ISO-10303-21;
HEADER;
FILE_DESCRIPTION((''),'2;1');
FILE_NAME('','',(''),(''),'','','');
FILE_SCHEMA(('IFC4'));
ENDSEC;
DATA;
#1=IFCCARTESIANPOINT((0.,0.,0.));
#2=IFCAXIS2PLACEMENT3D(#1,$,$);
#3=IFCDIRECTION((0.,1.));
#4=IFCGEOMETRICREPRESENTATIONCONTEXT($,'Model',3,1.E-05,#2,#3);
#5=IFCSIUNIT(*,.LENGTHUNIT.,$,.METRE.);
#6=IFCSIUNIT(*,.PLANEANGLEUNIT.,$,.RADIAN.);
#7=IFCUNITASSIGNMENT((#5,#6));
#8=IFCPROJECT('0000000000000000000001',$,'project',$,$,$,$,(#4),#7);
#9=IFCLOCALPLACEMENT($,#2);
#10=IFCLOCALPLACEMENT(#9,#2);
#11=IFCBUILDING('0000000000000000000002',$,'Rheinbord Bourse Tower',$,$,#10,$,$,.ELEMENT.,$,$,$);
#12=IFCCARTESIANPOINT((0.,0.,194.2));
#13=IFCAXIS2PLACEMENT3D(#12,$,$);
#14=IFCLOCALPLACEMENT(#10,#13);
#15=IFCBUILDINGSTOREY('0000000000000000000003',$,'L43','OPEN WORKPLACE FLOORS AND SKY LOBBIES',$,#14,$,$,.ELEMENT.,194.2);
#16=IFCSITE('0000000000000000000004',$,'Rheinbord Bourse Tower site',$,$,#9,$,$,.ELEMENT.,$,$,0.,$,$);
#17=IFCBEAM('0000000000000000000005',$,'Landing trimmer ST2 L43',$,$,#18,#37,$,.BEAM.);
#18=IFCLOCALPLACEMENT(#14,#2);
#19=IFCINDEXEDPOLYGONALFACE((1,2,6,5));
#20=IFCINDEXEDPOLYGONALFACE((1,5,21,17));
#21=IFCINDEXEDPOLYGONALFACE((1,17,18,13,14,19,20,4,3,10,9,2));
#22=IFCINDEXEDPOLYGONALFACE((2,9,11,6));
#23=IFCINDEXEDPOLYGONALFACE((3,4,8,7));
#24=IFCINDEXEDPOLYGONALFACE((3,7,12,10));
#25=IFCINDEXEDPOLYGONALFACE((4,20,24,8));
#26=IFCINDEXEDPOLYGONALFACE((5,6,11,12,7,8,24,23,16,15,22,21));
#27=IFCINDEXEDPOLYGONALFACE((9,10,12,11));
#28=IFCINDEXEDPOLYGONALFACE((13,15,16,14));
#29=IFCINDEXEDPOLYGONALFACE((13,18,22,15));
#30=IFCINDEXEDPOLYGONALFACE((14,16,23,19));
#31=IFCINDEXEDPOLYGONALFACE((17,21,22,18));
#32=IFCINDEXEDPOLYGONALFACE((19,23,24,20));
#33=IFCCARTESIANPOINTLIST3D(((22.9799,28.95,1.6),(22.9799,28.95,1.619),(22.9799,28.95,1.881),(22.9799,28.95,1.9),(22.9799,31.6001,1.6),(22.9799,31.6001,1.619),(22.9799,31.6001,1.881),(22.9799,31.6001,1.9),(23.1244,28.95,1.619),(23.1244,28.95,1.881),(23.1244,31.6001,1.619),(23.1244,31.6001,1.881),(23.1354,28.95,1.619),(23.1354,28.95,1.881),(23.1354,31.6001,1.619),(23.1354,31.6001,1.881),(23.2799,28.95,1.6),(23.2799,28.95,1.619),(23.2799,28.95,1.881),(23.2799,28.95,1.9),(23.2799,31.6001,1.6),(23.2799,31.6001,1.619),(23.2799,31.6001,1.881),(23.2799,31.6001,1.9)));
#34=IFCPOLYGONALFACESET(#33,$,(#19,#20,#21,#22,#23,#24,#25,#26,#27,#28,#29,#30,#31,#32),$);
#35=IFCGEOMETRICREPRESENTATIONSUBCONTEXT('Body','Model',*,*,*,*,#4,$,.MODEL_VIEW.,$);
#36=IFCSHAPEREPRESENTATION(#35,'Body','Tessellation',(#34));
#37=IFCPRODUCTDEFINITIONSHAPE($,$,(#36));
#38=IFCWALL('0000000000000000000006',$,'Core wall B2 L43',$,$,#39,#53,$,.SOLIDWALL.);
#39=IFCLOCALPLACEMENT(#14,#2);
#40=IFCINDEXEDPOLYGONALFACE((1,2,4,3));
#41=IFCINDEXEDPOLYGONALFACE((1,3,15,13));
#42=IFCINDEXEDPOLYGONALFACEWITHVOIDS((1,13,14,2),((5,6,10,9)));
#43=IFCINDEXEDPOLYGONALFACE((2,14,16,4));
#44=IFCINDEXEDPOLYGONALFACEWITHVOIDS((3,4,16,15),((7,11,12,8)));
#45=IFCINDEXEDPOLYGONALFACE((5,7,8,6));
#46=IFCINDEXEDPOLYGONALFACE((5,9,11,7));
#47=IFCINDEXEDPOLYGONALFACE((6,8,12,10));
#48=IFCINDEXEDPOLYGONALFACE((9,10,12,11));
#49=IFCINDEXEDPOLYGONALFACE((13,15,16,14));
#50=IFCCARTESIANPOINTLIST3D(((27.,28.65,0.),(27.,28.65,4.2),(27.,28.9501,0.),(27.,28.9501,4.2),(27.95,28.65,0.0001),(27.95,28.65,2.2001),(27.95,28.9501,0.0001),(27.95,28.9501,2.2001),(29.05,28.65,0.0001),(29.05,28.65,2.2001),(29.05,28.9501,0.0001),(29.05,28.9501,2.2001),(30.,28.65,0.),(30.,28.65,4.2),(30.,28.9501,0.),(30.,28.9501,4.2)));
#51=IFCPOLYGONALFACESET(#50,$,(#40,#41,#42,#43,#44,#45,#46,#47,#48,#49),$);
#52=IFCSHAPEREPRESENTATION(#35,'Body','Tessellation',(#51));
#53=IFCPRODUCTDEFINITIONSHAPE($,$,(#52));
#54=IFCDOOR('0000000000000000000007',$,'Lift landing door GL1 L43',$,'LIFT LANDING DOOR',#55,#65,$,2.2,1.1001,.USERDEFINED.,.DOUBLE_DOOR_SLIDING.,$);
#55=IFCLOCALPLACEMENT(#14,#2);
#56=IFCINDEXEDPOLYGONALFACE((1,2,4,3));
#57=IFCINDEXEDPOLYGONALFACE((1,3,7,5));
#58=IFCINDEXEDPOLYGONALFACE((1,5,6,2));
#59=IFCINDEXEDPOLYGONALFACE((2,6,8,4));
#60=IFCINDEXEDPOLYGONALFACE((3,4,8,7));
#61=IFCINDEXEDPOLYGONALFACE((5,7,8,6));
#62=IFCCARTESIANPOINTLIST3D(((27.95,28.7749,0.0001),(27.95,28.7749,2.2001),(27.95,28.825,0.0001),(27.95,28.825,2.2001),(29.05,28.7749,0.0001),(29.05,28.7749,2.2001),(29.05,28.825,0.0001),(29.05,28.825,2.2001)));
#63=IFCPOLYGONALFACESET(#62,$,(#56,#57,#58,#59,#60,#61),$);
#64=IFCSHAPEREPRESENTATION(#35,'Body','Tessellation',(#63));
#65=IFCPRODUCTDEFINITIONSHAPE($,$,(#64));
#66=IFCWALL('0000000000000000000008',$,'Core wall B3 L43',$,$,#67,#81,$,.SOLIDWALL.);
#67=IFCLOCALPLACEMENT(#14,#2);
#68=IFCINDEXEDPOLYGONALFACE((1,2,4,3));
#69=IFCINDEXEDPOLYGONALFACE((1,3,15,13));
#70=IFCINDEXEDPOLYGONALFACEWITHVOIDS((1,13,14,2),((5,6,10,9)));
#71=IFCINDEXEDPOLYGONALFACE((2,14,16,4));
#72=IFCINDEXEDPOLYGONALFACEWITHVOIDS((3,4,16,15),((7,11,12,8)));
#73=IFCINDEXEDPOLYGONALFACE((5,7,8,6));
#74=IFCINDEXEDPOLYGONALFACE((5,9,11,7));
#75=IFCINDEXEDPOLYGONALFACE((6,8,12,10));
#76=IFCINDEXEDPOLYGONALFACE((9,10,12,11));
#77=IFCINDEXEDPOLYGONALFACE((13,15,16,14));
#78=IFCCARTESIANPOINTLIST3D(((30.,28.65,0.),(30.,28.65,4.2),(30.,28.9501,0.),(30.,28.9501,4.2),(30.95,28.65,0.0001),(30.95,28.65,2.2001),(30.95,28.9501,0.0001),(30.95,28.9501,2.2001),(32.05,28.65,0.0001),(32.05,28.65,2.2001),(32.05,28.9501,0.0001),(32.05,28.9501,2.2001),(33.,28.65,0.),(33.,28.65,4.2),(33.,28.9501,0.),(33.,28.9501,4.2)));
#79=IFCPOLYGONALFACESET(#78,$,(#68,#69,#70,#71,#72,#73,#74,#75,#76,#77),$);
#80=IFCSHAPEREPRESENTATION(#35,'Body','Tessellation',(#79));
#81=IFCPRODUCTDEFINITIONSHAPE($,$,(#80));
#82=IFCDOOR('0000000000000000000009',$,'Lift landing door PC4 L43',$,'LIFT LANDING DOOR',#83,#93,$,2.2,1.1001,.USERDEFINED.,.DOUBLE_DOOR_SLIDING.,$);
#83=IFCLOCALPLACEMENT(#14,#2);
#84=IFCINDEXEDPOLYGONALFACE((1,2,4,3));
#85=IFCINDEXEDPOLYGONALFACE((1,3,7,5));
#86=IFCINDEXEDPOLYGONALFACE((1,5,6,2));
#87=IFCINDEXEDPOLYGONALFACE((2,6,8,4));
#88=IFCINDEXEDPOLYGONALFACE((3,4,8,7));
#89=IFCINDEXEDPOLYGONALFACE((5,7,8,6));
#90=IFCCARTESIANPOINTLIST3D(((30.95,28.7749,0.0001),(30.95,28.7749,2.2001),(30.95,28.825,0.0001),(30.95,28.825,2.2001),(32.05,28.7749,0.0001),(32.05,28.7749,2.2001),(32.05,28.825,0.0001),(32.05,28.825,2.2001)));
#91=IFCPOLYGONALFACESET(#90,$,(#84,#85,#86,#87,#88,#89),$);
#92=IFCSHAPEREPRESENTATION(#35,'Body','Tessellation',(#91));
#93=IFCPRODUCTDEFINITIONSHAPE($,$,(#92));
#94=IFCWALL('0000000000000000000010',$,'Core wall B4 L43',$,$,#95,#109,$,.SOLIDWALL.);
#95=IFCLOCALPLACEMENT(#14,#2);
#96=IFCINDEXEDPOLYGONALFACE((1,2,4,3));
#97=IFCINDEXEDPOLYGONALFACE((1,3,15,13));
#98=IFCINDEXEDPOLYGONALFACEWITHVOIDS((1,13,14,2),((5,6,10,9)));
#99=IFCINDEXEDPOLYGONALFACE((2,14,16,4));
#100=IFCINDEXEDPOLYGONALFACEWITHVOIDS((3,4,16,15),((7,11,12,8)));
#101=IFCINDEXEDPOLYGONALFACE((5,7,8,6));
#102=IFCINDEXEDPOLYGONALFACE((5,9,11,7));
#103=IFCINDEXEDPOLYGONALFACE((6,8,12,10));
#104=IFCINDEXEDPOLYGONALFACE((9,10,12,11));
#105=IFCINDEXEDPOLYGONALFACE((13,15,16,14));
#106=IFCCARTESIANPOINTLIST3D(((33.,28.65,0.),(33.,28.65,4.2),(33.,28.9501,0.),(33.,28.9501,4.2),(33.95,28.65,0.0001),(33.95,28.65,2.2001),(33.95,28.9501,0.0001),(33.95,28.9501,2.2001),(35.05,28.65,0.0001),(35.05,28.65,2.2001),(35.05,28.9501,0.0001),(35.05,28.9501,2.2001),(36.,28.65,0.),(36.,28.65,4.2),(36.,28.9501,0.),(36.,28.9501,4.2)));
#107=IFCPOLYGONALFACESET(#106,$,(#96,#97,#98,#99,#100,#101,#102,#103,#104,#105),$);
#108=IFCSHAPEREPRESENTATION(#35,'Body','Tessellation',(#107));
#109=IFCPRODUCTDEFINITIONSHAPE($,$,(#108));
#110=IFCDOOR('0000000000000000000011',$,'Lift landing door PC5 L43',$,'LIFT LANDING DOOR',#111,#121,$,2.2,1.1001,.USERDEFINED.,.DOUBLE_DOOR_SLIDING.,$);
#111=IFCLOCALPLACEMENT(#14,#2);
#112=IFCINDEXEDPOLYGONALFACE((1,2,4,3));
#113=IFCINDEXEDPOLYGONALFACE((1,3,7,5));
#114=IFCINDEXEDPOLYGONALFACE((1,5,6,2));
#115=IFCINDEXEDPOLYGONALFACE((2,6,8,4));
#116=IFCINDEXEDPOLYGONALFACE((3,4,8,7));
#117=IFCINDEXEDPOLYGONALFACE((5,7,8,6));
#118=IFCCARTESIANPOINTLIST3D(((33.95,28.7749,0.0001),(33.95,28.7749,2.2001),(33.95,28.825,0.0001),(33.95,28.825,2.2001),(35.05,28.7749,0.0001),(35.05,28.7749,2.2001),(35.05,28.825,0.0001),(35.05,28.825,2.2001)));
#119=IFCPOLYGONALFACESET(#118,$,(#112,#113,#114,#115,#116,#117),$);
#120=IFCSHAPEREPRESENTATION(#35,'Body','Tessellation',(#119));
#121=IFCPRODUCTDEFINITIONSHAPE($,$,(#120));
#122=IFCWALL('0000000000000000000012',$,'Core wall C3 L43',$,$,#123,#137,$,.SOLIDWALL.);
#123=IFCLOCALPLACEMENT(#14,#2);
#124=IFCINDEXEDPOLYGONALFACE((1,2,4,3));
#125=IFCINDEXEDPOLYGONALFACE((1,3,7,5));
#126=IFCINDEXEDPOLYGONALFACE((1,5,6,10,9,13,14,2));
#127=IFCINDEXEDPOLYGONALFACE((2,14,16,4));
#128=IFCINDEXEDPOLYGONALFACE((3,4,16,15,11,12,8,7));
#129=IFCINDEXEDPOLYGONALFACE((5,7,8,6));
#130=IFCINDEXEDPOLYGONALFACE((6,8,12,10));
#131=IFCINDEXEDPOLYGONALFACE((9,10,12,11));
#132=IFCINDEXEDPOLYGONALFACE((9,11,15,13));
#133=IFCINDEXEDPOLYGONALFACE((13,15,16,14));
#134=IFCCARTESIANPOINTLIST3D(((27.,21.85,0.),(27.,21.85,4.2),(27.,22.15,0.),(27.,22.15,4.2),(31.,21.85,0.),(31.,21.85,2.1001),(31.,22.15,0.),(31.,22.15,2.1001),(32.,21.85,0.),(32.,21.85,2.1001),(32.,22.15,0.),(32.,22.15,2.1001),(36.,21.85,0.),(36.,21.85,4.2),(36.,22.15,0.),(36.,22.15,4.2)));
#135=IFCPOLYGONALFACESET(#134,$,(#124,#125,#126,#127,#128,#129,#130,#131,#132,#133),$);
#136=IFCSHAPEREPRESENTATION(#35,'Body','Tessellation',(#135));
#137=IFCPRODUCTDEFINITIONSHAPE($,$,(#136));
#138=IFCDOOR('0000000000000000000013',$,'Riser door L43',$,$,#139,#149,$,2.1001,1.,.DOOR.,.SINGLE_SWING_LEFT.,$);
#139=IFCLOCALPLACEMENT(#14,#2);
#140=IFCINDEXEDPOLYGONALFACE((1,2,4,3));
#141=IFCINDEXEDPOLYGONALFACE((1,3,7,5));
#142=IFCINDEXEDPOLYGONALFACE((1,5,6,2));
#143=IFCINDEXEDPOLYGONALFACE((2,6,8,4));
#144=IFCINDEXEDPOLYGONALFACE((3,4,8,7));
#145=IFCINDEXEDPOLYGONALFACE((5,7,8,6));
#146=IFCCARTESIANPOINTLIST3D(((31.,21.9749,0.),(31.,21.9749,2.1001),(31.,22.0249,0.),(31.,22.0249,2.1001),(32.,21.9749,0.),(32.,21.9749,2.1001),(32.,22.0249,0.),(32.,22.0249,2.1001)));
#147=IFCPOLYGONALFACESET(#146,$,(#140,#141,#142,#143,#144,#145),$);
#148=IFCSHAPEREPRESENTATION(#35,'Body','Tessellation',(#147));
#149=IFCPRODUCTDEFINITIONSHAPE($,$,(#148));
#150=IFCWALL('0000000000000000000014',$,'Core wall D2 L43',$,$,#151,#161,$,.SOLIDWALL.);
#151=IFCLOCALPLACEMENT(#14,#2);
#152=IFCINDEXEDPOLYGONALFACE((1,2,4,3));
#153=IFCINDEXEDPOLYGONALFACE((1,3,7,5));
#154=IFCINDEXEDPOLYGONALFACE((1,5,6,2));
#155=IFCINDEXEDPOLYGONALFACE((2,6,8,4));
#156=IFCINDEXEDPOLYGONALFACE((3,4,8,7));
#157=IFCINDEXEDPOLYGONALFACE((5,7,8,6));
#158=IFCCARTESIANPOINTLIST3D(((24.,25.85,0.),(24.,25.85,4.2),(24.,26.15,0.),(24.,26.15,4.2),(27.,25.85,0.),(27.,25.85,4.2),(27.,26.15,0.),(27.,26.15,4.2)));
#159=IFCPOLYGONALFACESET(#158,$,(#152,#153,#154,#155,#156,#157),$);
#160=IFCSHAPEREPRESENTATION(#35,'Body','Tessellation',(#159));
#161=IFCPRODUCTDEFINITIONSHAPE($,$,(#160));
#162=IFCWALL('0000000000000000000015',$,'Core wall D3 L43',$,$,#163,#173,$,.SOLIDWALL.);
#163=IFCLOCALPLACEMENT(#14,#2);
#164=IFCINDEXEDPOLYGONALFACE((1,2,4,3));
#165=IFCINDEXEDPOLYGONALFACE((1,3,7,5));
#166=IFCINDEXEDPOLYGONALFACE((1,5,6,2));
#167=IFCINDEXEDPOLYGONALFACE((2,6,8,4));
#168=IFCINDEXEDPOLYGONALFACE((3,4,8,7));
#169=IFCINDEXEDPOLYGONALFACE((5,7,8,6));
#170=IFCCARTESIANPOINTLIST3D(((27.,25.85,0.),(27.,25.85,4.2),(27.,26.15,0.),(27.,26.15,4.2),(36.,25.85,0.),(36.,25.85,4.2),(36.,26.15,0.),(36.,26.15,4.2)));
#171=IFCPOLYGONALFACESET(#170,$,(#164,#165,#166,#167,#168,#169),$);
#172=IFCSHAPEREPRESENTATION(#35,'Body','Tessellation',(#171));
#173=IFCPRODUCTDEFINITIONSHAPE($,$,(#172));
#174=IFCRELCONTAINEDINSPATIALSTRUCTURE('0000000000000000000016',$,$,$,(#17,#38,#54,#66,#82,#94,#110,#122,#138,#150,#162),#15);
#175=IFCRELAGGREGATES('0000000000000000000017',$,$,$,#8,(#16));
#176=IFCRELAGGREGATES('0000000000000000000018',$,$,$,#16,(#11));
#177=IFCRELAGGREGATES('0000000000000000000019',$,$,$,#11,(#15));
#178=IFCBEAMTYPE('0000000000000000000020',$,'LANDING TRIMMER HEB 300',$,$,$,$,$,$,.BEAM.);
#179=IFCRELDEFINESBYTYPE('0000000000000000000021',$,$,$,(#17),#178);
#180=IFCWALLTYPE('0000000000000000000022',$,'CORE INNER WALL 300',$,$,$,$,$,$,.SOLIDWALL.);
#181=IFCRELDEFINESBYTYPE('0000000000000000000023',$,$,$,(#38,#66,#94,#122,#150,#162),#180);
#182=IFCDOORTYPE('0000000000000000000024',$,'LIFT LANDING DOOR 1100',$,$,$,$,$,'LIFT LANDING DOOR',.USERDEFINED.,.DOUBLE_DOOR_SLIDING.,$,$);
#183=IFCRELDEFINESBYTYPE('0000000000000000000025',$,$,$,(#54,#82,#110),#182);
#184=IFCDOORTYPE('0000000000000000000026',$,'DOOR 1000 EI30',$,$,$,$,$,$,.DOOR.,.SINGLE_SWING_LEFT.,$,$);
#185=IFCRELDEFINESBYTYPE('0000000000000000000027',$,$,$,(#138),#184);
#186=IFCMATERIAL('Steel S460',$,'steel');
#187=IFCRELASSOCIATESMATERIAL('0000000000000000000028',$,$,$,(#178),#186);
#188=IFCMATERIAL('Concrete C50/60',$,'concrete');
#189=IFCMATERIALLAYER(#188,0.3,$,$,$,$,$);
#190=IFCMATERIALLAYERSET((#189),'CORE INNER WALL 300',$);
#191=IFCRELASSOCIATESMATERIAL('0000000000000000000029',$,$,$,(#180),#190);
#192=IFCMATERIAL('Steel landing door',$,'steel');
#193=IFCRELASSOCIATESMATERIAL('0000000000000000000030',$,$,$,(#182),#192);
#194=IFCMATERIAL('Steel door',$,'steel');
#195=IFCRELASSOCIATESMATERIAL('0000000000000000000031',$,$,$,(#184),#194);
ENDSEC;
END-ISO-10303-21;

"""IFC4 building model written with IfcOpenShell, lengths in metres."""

from ifc_helpers import new_model, si_unit, direction, frame, frame_2d, origin, origin_2d, place, context, subcontext, project, spatial, rectangle, i_section, extrude, material, layer, layer_set, material_profile, profile_set, type_object, element, fill, save


model = new_model("IFC4")

# Units and contexts
model_context = context("Model", 3, precision=1e-05, world=origin(), true_north=direction((0.0, 1.0)))
body_context = subcontext(model_context, "Body", "Model", "MODEL_VIEW")
ifc_project = project(units=[si_unit("LENGTHUNIT", "METRE"), si_unit("PLANEANGLEUNIT", "RADIAN")], contexts=[model_context])

# Site, building, storey
site_placement = place(None, origin())
site = spatial("IfcSite", under=ifc_project, at=site_placement, Name="Rheinbord Bourse Tower site", CompositionType="ELEMENT", RefElevation=0.0)
building_placement = place(site_placement, origin())
building = spatial("IfcBuilding", under=site, at=building_placement, Name="Rheinbord Bourse Tower", CompositionType="ELEMENT")
storey_placement = place(building_placement, frame((0.0, 0.0, 194.2)))
storey = spatial("IfcBuildingStorey", under=building, at=storey_placement, Name="L43", Description="OPEN WORKPLACE FLOORS AND SKY LOBBIES", CompositionType="ELEMENT", Elevation=194.2)

# Beam
ifc_material_1 = material(Name="Steel S460", Category="steel")
ifc_material_profile = material_profile(ifc_material_1, i_section(OverallWidth=0.3, OverallDepth=0.3, WebThickness=0.011, FlangeThickness=0.019, at=origin_2d()), Name="HEB 300")
ifc_profile_set = profile_set([ifc_material_profile], Name="Steel S460")
beam_type = type_object("IfcBeamType", Name="LANDING TRIMMER HEB 300", PredefinedType="BEAM", material=ifc_profile_set)
beam_placement = place(storey_placement, frame((23.1299, 28.95, 1.75), z_axis=(0.0, 1.0, 0.0), x_axis=(-1.0, 0.0, 0.0)))
element("IfcBeam", 1, at=beam_placement, inside=storey, type_object=beam_type, Name="Landing trimmer ST2 L43", PredefinedType="BEAM", context=body_context, shape_type="SweptSolid", body=[
    extrude(i_section(OverallWidth=0.3, OverallDepth=0.3, WebThickness=0.011, FlangeThickness=0.019, at=origin_2d()), origin(), (0.0, 0.0, 1.0), 2.6501),
])

# Walls, openings, doors
ifc_material_2 = material(Name="Concrete C50/60", Category="concrete")
ifc_layer_1 = layer(ifc_material_2, 0.3)
ifc_layer_set_1 = layer_set([ifc_layer_1], Name="CORE INNER WALL 300")
wall_type_1 = type_object("IfcWallType", Name="CORE INNER WALL 300", PredefinedType="SOLIDWALL", material=ifc_layer_set_1)
wall_1_placement = place(storey_placement, frame((27.0, 28.8, 0.0), z_axis=(0.0, 0.0, 1.0), x_axis=(1.0, 0.0, 0.0)))
wall_1 = element("IfcWall", 2, at=wall_1_placement, inside=storey, type_object=wall_type_1, Name="Core wall B2 L43", PredefinedType="SOLIDWALL", context=body_context, shape_type="SweptSolid", body=[
    extrude(rectangle(XDim=3.0, YDim=0.3, at=frame_2d((1.5, 0.0))), origin(), (0.0, 0.0, 1.0), 4.2),
])
opening_1_placement = place(wall_1_placement, frame((0.95, 0.0, 0.0)))
opening_1 = element("IfcOpeningElement", 3, at=opening_1_placement, cuts=wall_1, PredefinedType="OPENING", context=body_context, shape_type="SweptSolid", body=[
    extrude(rectangle(XDim=1.1001, YDim=2.2, at=frame_2d((0.55, 1.1001))), frame((0.0, 0.1599, 0.0), z_axis=(0.0, -1.0, 0.0), x_axis=(1.0, 0.0, 0.0)), (0.0, 0.0, 1.0), 0.3201),
])
ifc_material_3 = material(Name="Steel landing door", Category="steel")
door_type_1 = type_object("IfcDoorType", Name="LIFT LANDING DOOR 1100", ElementType="LIFT LANDING DOOR", OperationType="DOUBLE_DOOR_SLIDING", PredefinedType="USERDEFINED", material=ifc_material_3)
door_1_placement = place(opening_1_placement, origin())
door_1 = element("IfcDoor", 4, at=door_1_placement, inside=storey, type_object=door_type_1, Name="Lift landing door GL1 L43", ObjectType="LIFT LANDING DOOR", OperationType="DOUBLE_DOOR_SLIDING", OverallHeight=2.2, OverallWidth=1.1001, PredefinedType="USERDEFINED", context=body_context, shape_type="SweptSolid", body=[
    extrude(rectangle(XDim=1.1001, YDim=2.2, at=frame_2d((0.55, 1.1001))), frame((0.0, 0.0249, 0.0), z_axis=(0.0, -1.0, 0.0), x_axis=(1.0, 0.0, 0.0)), (0.0, 0.0, 1.0), 0.05),
])
fill(opening_1, door_1)
wall_2_placement = place(storey_placement, frame((30.0, 28.8, 0.0), z_axis=(0.0, 0.0, 1.0), x_axis=(1.0, 0.0, 0.0)))
wall_2 = element("IfcWall", 5, at=wall_2_placement, inside=storey, type_object=wall_type_1, Name="Core wall B3 L43", PredefinedType="SOLIDWALL", context=body_context, shape_type="SweptSolid", body=[
    extrude(rectangle(XDim=3.0, YDim=0.3, at=frame_2d((1.5, 0.0))), origin(), (0.0, 0.0, 1.0), 4.2),
])
opening_2_placement = place(wall_2_placement, frame((0.95, 0.0, 0.0)))
opening_2 = element("IfcOpeningElement", 6, at=opening_2_placement, cuts=wall_2, PredefinedType="OPENING", context=body_context, shape_type="SweptSolid", body=[
    extrude(rectangle(XDim=1.1001, YDim=2.2, at=frame_2d((0.55, 1.1001))), frame((0.0, 0.1599, 0.0), z_axis=(0.0, -1.0, 0.0), x_axis=(1.0, 0.0, 0.0)), (0.0, 0.0, 1.0), 0.3201),
])
door_2_placement = place(opening_2_placement, origin())
door_2 = element("IfcDoor", 7, at=door_2_placement, inside=storey, type_object=door_type_1, Name="Lift landing door PC4 L43", ObjectType="LIFT LANDING DOOR", OperationType="DOUBLE_DOOR_SLIDING", OverallHeight=2.2, OverallWidth=1.1001, PredefinedType="USERDEFINED", context=body_context, shape_type="SweptSolid", body=[
    extrude(rectangle(XDim=1.1001, YDim=2.2, at=frame_2d((0.55, 1.1001))), frame((0.0, 0.0249, 0.0), z_axis=(0.0, -1.0, 0.0), x_axis=(1.0, 0.0, 0.0)), (0.0, 0.0, 1.0), 0.05),
])
fill(opening_2, door_2)
wall_3_placement = place(storey_placement, frame((33.0, 28.8, 0.0), z_axis=(0.0, 0.0, 1.0), x_axis=(1.0, 0.0, 0.0)))
wall_3 = element("IfcWall", 8, at=wall_3_placement, inside=storey, type_object=wall_type_1, Name="Core wall B4 L43", PredefinedType="SOLIDWALL", context=body_context, shape_type="SweptSolid", body=[
    extrude(rectangle(XDim=3.0, YDim=0.3, at=frame_2d((1.5, 0.0))), origin(), (0.0, 0.0, 1.0), 4.2),
])
opening_3_placement = place(wall_3_placement, frame((0.95, 0.0, 0.0)))
opening_3 = element("IfcOpeningElement", 9, at=opening_3_placement, cuts=wall_3, PredefinedType="OPENING", context=body_context, shape_type="SweptSolid", body=[
    extrude(rectangle(XDim=1.1001, YDim=2.2, at=frame_2d((0.55, 1.1001))), frame((0.0, 0.1599, 0.0), z_axis=(0.0, -1.0, 0.0), x_axis=(1.0, 0.0, 0.0)), (0.0, 0.0, 1.0), 0.3201),
])
door_3_placement = place(opening_3_placement, origin())
door_3 = element("IfcDoor", 10, at=door_3_placement, inside=storey, type_object=door_type_1, Name="Lift landing door PC5 L43", ObjectType="LIFT LANDING DOOR", OperationType="DOUBLE_DOOR_SLIDING", OverallHeight=2.2, OverallWidth=1.1001, PredefinedType="USERDEFINED", context=body_context, shape_type="SweptSolid", body=[
    extrude(rectangle(XDim=1.1001, YDim=2.2, at=frame_2d((0.55, 1.1001))), frame((0.0, 0.0249, 0.0), z_axis=(0.0, -1.0, 0.0), x_axis=(1.0, 0.0, 0.0)), (0.0, 0.0, 1.0), 0.05),
])
fill(opening_3, door_3)
wall_4_placement = place(storey_placement, frame((27.0, 22.0, 0.0), z_axis=(0.0, 0.0, 1.0), x_axis=(1.0, 0.0, 0.0)))
wall_4 = element("IfcWall", 11, at=wall_4_placement, inside=storey, type_object=wall_type_1, Name="Core wall C3 L43", PredefinedType="SOLIDWALL", context=body_context, shape_type="SweptSolid", body=[
    extrude(rectangle(XDim=9.0, YDim=0.3, at=frame_2d((4.5, 0.0))), origin(), (0.0, 0.0, 1.0), 4.2),
])
opening_4_placement = place(wall_4_placement, frame((4.0, 0.0, 0.0)))
opening_4 = element("IfcOpeningElement", 12, at=opening_4_placement, cuts=wall_4, PredefinedType="OPENING", context=body_context, shape_type="SweptSolid", body=[
    extrude(rectangle(XDim=1.0, YDim=2.1001, at=frame_2d((0.5, 1.05))), frame((0.0, 0.1599, 0.0), z_axis=(0.0, -1.0, 0.0), x_axis=(1.0, 0.0, 0.0)), (0.0, 0.0, 1.0), 0.3201),
])
ifc_material_4 = material(Name="Steel door", Category="steel")
door_type_2 = type_object("IfcDoorType", Name="DOOR 1000 EI30", OperationType="SINGLE_SWING_LEFT", PredefinedType="DOOR", material=ifc_material_4)
door_4_placement = place(opening_4_placement, origin())
door_4 = element("IfcDoor", 13, at=door_4_placement, inside=storey, type_object=door_type_2, Name="Riser door L43", OperationType="SINGLE_SWING_LEFT", OverallHeight=2.1001, OverallWidth=1.0, PredefinedType="DOOR", context=body_context, shape_type="SweptSolid", body=[
    extrude(rectangle(XDim=1.0, YDim=2.1001, at=frame_2d((0.5, 1.05))), frame((0.0, 0.0249, 0.0), z_axis=(0.0, -1.0, 0.0), x_axis=(1.0, 0.0, 0.0)), (0.0, 0.0, 1.0), 0.05),
])
fill(opening_4, door_4)

# Walls
wall_5_placement = place(storey_placement, frame((24.0, 26.0, 0.0), z_axis=(0.0, 0.0, 1.0), x_axis=(1.0, 0.0, 0.0)))
element("IfcWall", 14, at=wall_5_placement, inside=storey, type_object=wall_type_1, Name="Core wall D2 L43", PredefinedType="SOLIDWALL", context=body_context, shape_type="SweptSolid", body=[
    extrude(rectangle(XDim=3.0, YDim=0.3, at=frame_2d((1.5, 0.0))), origin(), (0.0, 0.0, 1.0), 4.2),
])
wall_6_placement = place(storey_placement, frame((27.0, 26.0, 0.0), z_axis=(0.0, 0.0, 1.0), x_axis=(1.0, 0.0, 0.0)))
element("IfcWall", 15, at=wall_6_placement, inside=storey, type_object=wall_type_1, Name="Core wall D3 L43", PredefinedType="SOLIDWALL", context=body_context, shape_type="SweptSolid", body=[
    extrude(rectangle(XDim=9.0, YDim=0.3, at=frame_2d((4.5, 0.0))), origin(), (0.0, 0.0, 1.0), 4.2),
])

save(model, "model.ifc")
